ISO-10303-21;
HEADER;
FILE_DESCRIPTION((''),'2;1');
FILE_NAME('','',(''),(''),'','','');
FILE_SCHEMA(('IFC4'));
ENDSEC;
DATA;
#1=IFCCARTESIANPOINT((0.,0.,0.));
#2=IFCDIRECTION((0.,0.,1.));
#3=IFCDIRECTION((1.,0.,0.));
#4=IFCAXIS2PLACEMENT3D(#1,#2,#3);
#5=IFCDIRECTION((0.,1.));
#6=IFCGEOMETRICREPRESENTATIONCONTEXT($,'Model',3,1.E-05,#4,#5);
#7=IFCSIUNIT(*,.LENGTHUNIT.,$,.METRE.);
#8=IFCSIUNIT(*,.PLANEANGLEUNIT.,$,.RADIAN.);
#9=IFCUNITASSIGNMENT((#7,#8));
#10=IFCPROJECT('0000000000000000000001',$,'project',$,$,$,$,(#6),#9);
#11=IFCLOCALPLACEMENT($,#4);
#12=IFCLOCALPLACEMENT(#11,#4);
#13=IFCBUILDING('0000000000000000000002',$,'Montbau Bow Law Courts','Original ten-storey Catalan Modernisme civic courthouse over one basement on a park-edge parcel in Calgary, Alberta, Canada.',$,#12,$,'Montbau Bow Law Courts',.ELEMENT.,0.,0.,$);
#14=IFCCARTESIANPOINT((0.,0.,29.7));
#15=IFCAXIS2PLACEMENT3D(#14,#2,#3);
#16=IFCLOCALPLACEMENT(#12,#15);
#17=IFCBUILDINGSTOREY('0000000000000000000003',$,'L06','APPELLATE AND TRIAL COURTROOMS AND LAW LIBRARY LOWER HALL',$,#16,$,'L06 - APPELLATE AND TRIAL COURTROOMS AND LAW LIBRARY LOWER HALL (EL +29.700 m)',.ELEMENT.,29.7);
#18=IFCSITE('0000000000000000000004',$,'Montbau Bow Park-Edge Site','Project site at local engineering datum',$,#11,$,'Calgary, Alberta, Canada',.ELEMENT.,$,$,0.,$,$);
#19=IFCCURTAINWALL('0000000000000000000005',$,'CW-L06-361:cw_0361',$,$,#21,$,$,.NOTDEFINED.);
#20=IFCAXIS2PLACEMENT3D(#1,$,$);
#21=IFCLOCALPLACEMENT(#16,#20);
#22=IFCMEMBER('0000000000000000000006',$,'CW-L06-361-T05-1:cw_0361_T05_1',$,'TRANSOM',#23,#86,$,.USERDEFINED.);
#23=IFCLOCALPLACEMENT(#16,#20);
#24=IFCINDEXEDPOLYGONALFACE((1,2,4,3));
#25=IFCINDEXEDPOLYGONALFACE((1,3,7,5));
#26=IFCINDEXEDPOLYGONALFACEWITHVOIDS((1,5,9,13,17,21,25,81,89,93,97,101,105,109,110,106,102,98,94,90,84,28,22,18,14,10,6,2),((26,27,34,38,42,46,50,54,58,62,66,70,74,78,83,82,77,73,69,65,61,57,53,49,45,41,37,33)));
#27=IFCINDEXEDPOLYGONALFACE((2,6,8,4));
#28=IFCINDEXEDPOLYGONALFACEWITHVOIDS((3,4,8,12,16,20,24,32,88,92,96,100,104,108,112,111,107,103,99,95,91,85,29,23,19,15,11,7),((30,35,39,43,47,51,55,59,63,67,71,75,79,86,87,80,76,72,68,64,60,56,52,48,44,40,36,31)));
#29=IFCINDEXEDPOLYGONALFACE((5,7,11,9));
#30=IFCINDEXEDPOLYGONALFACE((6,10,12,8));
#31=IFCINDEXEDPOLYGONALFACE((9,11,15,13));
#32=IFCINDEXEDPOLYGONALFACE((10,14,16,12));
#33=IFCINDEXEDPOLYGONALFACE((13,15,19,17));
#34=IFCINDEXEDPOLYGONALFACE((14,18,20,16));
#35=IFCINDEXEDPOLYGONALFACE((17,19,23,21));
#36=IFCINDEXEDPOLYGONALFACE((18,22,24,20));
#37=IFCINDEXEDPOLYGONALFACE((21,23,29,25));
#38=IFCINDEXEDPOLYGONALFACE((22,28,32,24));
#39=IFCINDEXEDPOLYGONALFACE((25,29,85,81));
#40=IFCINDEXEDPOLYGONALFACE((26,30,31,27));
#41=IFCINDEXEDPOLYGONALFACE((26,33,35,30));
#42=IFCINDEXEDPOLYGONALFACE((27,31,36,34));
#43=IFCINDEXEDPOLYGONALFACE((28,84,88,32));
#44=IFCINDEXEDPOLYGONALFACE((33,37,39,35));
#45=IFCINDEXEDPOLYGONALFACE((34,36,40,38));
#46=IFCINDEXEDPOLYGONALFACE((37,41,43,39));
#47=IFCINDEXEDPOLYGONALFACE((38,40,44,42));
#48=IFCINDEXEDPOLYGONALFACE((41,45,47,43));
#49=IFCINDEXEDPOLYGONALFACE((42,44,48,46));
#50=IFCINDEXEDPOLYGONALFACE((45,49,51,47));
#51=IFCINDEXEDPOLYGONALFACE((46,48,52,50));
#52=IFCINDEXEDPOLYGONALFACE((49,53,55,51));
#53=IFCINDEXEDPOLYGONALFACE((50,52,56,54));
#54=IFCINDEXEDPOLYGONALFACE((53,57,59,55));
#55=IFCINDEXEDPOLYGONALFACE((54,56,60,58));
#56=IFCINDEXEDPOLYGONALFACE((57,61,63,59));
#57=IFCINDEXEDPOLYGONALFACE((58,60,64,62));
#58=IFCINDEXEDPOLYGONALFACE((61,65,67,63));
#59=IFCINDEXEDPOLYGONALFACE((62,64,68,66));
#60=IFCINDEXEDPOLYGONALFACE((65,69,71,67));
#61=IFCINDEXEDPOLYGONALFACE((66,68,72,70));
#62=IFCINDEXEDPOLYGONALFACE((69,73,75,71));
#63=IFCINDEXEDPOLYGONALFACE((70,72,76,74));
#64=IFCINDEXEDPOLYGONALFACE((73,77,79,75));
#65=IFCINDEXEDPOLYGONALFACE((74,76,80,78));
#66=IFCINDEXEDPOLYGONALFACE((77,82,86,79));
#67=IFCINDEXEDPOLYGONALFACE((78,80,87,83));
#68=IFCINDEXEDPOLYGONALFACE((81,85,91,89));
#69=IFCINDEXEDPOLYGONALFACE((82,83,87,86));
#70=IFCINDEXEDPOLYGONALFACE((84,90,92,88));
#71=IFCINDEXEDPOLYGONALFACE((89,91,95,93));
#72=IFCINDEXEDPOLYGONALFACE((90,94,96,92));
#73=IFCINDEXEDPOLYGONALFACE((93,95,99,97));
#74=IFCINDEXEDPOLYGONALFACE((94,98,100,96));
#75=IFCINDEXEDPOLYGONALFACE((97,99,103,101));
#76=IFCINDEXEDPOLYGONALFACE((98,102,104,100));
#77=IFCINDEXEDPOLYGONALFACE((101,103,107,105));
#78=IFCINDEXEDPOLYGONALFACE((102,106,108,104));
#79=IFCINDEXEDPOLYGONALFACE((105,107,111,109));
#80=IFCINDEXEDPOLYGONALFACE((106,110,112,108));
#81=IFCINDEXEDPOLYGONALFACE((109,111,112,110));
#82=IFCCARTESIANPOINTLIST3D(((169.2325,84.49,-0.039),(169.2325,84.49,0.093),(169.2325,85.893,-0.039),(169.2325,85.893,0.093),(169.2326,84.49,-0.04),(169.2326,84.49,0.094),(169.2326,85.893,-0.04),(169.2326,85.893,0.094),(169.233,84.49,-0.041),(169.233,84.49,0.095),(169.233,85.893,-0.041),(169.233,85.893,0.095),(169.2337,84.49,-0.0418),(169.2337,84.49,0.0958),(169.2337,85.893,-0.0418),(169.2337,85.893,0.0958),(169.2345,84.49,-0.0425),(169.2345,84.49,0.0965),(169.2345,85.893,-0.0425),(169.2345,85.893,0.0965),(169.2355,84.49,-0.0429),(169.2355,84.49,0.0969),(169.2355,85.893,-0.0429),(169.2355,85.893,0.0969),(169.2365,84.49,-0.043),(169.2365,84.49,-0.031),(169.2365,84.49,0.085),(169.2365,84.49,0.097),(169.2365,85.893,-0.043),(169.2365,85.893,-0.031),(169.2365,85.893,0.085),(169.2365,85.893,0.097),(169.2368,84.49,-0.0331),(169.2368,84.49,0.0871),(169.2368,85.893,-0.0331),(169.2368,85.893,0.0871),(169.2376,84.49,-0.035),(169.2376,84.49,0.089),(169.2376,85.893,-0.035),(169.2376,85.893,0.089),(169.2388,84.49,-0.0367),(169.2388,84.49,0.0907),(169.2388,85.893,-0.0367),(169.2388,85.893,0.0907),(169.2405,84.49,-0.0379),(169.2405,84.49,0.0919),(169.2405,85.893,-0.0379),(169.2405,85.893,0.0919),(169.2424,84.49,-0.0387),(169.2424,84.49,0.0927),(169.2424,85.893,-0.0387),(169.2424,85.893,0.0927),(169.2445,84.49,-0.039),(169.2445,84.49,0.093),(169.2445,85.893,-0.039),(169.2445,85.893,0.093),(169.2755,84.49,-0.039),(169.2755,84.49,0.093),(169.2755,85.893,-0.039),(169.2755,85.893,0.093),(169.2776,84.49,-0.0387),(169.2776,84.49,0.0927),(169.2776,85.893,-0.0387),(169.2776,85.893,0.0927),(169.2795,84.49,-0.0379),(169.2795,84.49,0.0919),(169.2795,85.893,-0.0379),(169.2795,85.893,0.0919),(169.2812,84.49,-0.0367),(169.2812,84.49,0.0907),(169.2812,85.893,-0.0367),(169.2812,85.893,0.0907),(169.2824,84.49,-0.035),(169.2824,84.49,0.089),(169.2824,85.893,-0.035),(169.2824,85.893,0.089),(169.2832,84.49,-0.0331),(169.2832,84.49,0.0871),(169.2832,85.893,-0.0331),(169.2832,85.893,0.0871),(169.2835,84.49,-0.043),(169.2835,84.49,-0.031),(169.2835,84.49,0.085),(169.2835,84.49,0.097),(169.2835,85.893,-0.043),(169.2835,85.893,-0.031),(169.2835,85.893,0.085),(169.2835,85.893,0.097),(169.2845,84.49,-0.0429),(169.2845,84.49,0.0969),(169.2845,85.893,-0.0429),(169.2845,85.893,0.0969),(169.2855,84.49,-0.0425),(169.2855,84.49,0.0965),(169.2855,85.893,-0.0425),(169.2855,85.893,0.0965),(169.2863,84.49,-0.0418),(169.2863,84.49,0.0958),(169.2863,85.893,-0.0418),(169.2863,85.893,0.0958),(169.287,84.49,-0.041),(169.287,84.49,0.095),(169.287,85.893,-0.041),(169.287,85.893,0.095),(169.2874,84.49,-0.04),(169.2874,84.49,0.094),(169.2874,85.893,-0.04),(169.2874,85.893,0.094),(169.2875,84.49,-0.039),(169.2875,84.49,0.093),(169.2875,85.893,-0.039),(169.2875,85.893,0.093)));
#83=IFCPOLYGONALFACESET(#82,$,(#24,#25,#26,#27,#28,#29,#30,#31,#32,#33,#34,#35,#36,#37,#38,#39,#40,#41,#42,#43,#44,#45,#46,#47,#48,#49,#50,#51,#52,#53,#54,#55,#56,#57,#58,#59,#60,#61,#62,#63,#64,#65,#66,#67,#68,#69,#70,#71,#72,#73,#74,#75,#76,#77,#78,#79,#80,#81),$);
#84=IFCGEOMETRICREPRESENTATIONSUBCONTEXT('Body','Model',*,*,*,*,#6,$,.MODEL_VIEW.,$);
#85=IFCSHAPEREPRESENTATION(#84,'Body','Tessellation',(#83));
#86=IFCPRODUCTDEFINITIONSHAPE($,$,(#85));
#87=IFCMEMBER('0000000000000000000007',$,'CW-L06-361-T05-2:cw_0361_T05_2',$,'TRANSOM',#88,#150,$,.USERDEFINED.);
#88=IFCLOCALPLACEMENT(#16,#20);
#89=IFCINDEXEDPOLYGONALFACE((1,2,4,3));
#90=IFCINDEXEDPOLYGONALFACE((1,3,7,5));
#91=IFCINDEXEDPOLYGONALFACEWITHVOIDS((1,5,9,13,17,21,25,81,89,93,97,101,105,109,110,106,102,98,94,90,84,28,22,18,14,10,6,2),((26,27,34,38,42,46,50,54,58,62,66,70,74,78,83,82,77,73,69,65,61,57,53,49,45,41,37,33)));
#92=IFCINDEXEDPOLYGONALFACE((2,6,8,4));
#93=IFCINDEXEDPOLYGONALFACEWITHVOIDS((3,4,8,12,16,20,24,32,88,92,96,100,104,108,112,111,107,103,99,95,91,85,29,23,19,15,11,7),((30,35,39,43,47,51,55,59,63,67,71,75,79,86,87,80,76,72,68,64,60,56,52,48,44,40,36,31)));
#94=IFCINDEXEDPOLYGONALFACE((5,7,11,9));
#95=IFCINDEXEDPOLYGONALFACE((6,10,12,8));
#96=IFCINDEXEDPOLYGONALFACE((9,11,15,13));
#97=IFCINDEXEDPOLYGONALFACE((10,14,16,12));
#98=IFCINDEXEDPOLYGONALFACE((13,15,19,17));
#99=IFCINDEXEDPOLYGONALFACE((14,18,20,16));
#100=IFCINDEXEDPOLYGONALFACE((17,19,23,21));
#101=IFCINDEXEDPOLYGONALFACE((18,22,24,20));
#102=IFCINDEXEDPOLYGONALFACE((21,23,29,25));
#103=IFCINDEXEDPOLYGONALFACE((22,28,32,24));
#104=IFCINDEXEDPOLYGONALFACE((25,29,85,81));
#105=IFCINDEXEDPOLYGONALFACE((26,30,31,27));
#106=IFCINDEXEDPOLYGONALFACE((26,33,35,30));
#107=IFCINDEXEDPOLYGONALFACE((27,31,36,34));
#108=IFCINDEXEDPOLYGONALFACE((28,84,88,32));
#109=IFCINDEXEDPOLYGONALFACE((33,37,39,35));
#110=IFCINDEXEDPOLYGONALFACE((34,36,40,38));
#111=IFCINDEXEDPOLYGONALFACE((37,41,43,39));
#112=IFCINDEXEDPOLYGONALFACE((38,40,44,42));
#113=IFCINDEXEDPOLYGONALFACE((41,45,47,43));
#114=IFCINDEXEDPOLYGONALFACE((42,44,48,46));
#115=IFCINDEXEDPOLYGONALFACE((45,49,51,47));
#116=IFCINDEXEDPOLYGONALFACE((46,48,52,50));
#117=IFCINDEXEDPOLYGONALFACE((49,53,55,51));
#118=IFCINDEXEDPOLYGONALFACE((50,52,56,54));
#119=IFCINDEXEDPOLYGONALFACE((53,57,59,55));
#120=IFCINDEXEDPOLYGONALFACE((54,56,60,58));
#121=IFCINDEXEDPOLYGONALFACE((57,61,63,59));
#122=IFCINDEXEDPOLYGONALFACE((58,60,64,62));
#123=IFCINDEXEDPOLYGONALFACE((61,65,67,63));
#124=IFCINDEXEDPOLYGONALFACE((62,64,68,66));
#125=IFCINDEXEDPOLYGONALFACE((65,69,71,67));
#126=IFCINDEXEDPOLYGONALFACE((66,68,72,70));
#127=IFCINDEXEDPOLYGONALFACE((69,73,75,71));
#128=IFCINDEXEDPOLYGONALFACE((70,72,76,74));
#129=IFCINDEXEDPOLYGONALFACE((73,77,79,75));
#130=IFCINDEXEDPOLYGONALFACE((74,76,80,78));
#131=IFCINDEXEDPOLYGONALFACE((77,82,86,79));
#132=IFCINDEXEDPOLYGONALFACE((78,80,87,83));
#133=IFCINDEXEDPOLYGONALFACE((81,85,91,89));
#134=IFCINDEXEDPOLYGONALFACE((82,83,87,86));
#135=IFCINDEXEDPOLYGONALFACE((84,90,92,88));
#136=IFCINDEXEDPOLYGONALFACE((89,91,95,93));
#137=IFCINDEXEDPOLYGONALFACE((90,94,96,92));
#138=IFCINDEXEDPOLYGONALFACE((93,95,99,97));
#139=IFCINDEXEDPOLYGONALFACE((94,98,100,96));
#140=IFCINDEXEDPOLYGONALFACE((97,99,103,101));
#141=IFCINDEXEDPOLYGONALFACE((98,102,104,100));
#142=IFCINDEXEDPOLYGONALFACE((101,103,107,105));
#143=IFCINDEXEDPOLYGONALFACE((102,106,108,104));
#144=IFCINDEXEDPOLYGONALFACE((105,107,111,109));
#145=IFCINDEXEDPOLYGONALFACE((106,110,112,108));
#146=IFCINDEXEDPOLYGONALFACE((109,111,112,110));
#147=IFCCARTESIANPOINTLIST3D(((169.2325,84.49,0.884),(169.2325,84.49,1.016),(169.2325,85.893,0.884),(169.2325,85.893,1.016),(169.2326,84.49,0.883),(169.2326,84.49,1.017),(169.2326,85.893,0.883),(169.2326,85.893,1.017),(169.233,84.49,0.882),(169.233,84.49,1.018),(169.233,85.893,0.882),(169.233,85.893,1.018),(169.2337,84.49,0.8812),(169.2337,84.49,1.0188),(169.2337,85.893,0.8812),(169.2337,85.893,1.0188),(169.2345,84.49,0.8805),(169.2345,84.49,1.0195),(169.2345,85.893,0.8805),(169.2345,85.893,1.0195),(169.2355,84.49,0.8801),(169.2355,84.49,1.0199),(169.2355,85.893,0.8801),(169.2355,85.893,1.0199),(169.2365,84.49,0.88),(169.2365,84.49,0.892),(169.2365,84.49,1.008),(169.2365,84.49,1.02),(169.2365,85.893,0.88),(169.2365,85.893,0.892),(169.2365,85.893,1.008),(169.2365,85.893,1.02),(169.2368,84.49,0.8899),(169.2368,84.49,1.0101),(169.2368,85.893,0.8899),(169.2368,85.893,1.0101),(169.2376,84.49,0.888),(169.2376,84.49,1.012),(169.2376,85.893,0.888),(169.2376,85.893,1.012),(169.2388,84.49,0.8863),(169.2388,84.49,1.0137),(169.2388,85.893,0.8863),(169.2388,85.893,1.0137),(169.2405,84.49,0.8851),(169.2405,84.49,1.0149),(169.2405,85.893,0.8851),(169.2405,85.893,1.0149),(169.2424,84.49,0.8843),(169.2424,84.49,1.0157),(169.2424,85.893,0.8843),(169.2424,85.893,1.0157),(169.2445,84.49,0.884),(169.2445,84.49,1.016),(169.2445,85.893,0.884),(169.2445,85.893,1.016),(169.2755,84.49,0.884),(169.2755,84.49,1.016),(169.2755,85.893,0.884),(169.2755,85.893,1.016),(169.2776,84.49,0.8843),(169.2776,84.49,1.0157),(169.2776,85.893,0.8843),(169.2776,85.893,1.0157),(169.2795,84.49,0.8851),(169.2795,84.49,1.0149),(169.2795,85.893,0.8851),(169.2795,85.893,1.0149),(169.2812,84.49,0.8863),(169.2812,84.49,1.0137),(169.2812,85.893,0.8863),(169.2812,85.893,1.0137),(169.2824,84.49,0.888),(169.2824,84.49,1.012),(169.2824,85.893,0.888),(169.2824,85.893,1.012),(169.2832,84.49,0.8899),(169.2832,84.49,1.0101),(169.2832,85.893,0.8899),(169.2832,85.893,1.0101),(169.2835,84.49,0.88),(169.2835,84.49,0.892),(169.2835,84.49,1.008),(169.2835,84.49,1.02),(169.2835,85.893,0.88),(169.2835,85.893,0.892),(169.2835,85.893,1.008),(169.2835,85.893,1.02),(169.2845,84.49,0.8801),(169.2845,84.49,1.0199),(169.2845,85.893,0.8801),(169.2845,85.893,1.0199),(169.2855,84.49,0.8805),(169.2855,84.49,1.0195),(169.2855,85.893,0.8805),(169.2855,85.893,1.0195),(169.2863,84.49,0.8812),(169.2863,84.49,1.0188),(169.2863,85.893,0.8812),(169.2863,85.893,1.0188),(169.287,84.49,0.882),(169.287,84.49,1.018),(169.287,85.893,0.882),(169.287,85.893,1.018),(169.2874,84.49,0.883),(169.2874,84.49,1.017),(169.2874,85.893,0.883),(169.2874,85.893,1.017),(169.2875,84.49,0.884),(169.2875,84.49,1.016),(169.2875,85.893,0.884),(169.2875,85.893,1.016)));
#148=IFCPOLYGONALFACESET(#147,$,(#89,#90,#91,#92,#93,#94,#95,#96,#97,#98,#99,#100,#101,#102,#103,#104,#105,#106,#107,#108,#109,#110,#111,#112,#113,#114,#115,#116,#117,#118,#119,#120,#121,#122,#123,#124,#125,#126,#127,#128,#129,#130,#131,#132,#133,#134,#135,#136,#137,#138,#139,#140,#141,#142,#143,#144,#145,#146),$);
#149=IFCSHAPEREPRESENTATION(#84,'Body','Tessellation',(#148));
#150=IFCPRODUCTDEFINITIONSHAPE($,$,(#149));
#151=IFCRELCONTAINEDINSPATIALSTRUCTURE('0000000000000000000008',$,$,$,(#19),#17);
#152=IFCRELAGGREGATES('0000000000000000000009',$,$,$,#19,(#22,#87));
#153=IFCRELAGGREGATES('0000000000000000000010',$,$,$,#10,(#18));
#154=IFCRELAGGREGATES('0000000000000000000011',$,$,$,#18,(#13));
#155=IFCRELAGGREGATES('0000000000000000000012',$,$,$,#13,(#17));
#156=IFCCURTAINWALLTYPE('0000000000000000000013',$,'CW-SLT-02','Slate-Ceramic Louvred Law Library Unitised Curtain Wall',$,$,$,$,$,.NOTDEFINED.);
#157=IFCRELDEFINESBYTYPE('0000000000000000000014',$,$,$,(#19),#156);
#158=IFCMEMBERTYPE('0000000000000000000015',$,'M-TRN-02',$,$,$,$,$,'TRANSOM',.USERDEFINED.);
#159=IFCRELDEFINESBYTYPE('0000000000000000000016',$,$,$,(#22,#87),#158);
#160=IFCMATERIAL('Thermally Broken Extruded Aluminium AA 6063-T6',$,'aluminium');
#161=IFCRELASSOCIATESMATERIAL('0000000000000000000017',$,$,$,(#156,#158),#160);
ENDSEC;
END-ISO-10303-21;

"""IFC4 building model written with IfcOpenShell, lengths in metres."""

from ifc_helpers import new_model, si_unit, direction, frame, origin_with_axes, origin_2d_with_axis, place, context, subcontext, project, spatial, hollow_rectangle, extrude, material, material_profile, profile_set, type_object, element, aggregate, save


model = new_model("IFC4")

# Units and contexts
model_context = context("Model", 3, precision=1e-05, world=origin_with_axes(), true_north=direction((0.0, 1.0)))
body_context = subcontext(model_context, "Body", "Model", "MODEL_VIEW")
ifc_project = project(units=[si_unit("LENGTHUNIT", "METRE"), si_unit("PLANEANGLEUNIT", "RADIAN")], contexts=[model_context])

# Site, building, storey
site_placement = place(None, origin_with_axes())
site = spatial("IfcSite", under=ifc_project, at=site_placement, Name="Montbau Bow Park-Edge Site", Description="Project site at local engineering datum", LongName="Calgary, Alberta, Canada", CompositionType="ELEMENT", RefElevation=0.0)
building_placement = place(site_placement, origin_with_axes())
building = spatial("IfcBuilding", under=site, at=building_placement, Name="Montbau Bow Law Courts", Description="Original ten-storey Catalan Modernisme civic courthouse over one basement on a park-edge parcel in Calgary, Alberta, Canada.", LongName="Montbau Bow Law Courts", CompositionType="ELEMENT", ElevationOfRefHeight=0.0, ElevationOfTerrain=0.0)
storey_placement = place(building_placement, frame((0.0, 0.0, 29.7), z_axis=(0.0, 0.0, 1.0), x_axis=(1.0, 0.0, 0.0)))
storey = spatial("IfcBuildingStorey", under=building, at=storey_placement, Name="L06", Description="APPELLATE AND TRIAL COURTROOMS AND LAW LIBRARY LOWER HALL", LongName="L06 - APPELLATE AND TRIAL COURTROOMS AND LAW LIBRARY LOWER HALL (EL +29.700 m)", CompositionType="ELEMENT", Elevation=29.7)

# Curtain wall
ifc_material_1 = material(Name="Thermally Broken Extruded Aluminium AA 6063-T6", Category="aluminium")
curtain_wall_type = type_object("IfcCurtainWallType", Name="CW-SLT-02", Description="Slate-Ceramic Louvred Law Library Unitised Curtain Wall", PredefinedType="NOTDEFINED", material=ifc_material_1)
curtain_wall_1_placement = place(None, frame((169.26, 78.44, 29.7), z_axis=(0.0, 0.0, 1.0), x_axis=(1.0, 0.0, 0.0)))
curtain_wall_1 = element("IfcCurtainWall", 1, at=curtain_wall_1_placement, inside=storey, type_object=curtain_wall_type, Name="CW-L06-361:cw_0361", PredefinedType="NOTDEFINED")

# Members
ifc_material_profile_1 = material_profile(ifc_material_1, hollow_rectangle(XDim=0.055, YDim=0.14, WallThickness=0.004, InnerFilletRadius=0.008, OuterFilletRadius=0.004, at=origin_2d_with_axis()), Name="CWT-140X55", Category="Main", Priority=0)
ifc_profile_set_1 = profile_set([ifc_material_profile_1], Name="Thermally Broken Extruded Aluminium AA 6063-T6")
member_type_1 = type_object("IfcMemberType", Name="M-TRN-02", ElementType="TRANSOM", PredefinedType="USERDEFINED", material=ifc_profile_set_1)
member_1_placement = place(None, frame((169.26, 84.49, 29.727), z_axis=(0.0, 1.0, 0.0), x_axis=(-1.0, 0.0, 0.0)))
member_1 = element("IfcMember", 2, at=member_1_placement, type_object=member_type_1, Name="CW-L06-361-T05-1:cw_0361_T05_1", ObjectType="TRANSOM", PredefinedType="USERDEFINED", context=body_context, shape_type="SweptSolid", body=[
    extrude(hollow_rectangle(XDim=0.055, YDim=0.14, WallThickness=0.004, InnerFilletRadius=0.008, OuterFilletRadius=0.004, at=origin_2d_with_axis()), origin_with_axes(), (0.0, 0.0, 1.0), 1.403),
])
member_2_placement = place(None, frame((169.26, 84.49, 30.65), z_axis=(0.0, 1.0, 0.0), x_axis=(-1.0, 0.0, 0.0)))
member_2 = element("IfcMember", 3, at=member_2_placement, type_object=member_type_1, Name="CW-L06-361-T05-2:cw_0361_T05_2", ObjectType="TRANSOM", PredefinedType="USERDEFINED", context=body_context, shape_type="SweptSolid", body=[
    extrude(hollow_rectangle(XDim=0.055, YDim=0.14, WallThickness=0.004, InnerFilletRadius=0.008, OuterFilletRadius=0.004, at=origin_2d_with_axis()), origin_with_axes(), (0.0, 0.0, 1.0), 1.403),
])

aggregate(curtain_wall_1, [member_1, member_2])

save(model, "model.ifc")
